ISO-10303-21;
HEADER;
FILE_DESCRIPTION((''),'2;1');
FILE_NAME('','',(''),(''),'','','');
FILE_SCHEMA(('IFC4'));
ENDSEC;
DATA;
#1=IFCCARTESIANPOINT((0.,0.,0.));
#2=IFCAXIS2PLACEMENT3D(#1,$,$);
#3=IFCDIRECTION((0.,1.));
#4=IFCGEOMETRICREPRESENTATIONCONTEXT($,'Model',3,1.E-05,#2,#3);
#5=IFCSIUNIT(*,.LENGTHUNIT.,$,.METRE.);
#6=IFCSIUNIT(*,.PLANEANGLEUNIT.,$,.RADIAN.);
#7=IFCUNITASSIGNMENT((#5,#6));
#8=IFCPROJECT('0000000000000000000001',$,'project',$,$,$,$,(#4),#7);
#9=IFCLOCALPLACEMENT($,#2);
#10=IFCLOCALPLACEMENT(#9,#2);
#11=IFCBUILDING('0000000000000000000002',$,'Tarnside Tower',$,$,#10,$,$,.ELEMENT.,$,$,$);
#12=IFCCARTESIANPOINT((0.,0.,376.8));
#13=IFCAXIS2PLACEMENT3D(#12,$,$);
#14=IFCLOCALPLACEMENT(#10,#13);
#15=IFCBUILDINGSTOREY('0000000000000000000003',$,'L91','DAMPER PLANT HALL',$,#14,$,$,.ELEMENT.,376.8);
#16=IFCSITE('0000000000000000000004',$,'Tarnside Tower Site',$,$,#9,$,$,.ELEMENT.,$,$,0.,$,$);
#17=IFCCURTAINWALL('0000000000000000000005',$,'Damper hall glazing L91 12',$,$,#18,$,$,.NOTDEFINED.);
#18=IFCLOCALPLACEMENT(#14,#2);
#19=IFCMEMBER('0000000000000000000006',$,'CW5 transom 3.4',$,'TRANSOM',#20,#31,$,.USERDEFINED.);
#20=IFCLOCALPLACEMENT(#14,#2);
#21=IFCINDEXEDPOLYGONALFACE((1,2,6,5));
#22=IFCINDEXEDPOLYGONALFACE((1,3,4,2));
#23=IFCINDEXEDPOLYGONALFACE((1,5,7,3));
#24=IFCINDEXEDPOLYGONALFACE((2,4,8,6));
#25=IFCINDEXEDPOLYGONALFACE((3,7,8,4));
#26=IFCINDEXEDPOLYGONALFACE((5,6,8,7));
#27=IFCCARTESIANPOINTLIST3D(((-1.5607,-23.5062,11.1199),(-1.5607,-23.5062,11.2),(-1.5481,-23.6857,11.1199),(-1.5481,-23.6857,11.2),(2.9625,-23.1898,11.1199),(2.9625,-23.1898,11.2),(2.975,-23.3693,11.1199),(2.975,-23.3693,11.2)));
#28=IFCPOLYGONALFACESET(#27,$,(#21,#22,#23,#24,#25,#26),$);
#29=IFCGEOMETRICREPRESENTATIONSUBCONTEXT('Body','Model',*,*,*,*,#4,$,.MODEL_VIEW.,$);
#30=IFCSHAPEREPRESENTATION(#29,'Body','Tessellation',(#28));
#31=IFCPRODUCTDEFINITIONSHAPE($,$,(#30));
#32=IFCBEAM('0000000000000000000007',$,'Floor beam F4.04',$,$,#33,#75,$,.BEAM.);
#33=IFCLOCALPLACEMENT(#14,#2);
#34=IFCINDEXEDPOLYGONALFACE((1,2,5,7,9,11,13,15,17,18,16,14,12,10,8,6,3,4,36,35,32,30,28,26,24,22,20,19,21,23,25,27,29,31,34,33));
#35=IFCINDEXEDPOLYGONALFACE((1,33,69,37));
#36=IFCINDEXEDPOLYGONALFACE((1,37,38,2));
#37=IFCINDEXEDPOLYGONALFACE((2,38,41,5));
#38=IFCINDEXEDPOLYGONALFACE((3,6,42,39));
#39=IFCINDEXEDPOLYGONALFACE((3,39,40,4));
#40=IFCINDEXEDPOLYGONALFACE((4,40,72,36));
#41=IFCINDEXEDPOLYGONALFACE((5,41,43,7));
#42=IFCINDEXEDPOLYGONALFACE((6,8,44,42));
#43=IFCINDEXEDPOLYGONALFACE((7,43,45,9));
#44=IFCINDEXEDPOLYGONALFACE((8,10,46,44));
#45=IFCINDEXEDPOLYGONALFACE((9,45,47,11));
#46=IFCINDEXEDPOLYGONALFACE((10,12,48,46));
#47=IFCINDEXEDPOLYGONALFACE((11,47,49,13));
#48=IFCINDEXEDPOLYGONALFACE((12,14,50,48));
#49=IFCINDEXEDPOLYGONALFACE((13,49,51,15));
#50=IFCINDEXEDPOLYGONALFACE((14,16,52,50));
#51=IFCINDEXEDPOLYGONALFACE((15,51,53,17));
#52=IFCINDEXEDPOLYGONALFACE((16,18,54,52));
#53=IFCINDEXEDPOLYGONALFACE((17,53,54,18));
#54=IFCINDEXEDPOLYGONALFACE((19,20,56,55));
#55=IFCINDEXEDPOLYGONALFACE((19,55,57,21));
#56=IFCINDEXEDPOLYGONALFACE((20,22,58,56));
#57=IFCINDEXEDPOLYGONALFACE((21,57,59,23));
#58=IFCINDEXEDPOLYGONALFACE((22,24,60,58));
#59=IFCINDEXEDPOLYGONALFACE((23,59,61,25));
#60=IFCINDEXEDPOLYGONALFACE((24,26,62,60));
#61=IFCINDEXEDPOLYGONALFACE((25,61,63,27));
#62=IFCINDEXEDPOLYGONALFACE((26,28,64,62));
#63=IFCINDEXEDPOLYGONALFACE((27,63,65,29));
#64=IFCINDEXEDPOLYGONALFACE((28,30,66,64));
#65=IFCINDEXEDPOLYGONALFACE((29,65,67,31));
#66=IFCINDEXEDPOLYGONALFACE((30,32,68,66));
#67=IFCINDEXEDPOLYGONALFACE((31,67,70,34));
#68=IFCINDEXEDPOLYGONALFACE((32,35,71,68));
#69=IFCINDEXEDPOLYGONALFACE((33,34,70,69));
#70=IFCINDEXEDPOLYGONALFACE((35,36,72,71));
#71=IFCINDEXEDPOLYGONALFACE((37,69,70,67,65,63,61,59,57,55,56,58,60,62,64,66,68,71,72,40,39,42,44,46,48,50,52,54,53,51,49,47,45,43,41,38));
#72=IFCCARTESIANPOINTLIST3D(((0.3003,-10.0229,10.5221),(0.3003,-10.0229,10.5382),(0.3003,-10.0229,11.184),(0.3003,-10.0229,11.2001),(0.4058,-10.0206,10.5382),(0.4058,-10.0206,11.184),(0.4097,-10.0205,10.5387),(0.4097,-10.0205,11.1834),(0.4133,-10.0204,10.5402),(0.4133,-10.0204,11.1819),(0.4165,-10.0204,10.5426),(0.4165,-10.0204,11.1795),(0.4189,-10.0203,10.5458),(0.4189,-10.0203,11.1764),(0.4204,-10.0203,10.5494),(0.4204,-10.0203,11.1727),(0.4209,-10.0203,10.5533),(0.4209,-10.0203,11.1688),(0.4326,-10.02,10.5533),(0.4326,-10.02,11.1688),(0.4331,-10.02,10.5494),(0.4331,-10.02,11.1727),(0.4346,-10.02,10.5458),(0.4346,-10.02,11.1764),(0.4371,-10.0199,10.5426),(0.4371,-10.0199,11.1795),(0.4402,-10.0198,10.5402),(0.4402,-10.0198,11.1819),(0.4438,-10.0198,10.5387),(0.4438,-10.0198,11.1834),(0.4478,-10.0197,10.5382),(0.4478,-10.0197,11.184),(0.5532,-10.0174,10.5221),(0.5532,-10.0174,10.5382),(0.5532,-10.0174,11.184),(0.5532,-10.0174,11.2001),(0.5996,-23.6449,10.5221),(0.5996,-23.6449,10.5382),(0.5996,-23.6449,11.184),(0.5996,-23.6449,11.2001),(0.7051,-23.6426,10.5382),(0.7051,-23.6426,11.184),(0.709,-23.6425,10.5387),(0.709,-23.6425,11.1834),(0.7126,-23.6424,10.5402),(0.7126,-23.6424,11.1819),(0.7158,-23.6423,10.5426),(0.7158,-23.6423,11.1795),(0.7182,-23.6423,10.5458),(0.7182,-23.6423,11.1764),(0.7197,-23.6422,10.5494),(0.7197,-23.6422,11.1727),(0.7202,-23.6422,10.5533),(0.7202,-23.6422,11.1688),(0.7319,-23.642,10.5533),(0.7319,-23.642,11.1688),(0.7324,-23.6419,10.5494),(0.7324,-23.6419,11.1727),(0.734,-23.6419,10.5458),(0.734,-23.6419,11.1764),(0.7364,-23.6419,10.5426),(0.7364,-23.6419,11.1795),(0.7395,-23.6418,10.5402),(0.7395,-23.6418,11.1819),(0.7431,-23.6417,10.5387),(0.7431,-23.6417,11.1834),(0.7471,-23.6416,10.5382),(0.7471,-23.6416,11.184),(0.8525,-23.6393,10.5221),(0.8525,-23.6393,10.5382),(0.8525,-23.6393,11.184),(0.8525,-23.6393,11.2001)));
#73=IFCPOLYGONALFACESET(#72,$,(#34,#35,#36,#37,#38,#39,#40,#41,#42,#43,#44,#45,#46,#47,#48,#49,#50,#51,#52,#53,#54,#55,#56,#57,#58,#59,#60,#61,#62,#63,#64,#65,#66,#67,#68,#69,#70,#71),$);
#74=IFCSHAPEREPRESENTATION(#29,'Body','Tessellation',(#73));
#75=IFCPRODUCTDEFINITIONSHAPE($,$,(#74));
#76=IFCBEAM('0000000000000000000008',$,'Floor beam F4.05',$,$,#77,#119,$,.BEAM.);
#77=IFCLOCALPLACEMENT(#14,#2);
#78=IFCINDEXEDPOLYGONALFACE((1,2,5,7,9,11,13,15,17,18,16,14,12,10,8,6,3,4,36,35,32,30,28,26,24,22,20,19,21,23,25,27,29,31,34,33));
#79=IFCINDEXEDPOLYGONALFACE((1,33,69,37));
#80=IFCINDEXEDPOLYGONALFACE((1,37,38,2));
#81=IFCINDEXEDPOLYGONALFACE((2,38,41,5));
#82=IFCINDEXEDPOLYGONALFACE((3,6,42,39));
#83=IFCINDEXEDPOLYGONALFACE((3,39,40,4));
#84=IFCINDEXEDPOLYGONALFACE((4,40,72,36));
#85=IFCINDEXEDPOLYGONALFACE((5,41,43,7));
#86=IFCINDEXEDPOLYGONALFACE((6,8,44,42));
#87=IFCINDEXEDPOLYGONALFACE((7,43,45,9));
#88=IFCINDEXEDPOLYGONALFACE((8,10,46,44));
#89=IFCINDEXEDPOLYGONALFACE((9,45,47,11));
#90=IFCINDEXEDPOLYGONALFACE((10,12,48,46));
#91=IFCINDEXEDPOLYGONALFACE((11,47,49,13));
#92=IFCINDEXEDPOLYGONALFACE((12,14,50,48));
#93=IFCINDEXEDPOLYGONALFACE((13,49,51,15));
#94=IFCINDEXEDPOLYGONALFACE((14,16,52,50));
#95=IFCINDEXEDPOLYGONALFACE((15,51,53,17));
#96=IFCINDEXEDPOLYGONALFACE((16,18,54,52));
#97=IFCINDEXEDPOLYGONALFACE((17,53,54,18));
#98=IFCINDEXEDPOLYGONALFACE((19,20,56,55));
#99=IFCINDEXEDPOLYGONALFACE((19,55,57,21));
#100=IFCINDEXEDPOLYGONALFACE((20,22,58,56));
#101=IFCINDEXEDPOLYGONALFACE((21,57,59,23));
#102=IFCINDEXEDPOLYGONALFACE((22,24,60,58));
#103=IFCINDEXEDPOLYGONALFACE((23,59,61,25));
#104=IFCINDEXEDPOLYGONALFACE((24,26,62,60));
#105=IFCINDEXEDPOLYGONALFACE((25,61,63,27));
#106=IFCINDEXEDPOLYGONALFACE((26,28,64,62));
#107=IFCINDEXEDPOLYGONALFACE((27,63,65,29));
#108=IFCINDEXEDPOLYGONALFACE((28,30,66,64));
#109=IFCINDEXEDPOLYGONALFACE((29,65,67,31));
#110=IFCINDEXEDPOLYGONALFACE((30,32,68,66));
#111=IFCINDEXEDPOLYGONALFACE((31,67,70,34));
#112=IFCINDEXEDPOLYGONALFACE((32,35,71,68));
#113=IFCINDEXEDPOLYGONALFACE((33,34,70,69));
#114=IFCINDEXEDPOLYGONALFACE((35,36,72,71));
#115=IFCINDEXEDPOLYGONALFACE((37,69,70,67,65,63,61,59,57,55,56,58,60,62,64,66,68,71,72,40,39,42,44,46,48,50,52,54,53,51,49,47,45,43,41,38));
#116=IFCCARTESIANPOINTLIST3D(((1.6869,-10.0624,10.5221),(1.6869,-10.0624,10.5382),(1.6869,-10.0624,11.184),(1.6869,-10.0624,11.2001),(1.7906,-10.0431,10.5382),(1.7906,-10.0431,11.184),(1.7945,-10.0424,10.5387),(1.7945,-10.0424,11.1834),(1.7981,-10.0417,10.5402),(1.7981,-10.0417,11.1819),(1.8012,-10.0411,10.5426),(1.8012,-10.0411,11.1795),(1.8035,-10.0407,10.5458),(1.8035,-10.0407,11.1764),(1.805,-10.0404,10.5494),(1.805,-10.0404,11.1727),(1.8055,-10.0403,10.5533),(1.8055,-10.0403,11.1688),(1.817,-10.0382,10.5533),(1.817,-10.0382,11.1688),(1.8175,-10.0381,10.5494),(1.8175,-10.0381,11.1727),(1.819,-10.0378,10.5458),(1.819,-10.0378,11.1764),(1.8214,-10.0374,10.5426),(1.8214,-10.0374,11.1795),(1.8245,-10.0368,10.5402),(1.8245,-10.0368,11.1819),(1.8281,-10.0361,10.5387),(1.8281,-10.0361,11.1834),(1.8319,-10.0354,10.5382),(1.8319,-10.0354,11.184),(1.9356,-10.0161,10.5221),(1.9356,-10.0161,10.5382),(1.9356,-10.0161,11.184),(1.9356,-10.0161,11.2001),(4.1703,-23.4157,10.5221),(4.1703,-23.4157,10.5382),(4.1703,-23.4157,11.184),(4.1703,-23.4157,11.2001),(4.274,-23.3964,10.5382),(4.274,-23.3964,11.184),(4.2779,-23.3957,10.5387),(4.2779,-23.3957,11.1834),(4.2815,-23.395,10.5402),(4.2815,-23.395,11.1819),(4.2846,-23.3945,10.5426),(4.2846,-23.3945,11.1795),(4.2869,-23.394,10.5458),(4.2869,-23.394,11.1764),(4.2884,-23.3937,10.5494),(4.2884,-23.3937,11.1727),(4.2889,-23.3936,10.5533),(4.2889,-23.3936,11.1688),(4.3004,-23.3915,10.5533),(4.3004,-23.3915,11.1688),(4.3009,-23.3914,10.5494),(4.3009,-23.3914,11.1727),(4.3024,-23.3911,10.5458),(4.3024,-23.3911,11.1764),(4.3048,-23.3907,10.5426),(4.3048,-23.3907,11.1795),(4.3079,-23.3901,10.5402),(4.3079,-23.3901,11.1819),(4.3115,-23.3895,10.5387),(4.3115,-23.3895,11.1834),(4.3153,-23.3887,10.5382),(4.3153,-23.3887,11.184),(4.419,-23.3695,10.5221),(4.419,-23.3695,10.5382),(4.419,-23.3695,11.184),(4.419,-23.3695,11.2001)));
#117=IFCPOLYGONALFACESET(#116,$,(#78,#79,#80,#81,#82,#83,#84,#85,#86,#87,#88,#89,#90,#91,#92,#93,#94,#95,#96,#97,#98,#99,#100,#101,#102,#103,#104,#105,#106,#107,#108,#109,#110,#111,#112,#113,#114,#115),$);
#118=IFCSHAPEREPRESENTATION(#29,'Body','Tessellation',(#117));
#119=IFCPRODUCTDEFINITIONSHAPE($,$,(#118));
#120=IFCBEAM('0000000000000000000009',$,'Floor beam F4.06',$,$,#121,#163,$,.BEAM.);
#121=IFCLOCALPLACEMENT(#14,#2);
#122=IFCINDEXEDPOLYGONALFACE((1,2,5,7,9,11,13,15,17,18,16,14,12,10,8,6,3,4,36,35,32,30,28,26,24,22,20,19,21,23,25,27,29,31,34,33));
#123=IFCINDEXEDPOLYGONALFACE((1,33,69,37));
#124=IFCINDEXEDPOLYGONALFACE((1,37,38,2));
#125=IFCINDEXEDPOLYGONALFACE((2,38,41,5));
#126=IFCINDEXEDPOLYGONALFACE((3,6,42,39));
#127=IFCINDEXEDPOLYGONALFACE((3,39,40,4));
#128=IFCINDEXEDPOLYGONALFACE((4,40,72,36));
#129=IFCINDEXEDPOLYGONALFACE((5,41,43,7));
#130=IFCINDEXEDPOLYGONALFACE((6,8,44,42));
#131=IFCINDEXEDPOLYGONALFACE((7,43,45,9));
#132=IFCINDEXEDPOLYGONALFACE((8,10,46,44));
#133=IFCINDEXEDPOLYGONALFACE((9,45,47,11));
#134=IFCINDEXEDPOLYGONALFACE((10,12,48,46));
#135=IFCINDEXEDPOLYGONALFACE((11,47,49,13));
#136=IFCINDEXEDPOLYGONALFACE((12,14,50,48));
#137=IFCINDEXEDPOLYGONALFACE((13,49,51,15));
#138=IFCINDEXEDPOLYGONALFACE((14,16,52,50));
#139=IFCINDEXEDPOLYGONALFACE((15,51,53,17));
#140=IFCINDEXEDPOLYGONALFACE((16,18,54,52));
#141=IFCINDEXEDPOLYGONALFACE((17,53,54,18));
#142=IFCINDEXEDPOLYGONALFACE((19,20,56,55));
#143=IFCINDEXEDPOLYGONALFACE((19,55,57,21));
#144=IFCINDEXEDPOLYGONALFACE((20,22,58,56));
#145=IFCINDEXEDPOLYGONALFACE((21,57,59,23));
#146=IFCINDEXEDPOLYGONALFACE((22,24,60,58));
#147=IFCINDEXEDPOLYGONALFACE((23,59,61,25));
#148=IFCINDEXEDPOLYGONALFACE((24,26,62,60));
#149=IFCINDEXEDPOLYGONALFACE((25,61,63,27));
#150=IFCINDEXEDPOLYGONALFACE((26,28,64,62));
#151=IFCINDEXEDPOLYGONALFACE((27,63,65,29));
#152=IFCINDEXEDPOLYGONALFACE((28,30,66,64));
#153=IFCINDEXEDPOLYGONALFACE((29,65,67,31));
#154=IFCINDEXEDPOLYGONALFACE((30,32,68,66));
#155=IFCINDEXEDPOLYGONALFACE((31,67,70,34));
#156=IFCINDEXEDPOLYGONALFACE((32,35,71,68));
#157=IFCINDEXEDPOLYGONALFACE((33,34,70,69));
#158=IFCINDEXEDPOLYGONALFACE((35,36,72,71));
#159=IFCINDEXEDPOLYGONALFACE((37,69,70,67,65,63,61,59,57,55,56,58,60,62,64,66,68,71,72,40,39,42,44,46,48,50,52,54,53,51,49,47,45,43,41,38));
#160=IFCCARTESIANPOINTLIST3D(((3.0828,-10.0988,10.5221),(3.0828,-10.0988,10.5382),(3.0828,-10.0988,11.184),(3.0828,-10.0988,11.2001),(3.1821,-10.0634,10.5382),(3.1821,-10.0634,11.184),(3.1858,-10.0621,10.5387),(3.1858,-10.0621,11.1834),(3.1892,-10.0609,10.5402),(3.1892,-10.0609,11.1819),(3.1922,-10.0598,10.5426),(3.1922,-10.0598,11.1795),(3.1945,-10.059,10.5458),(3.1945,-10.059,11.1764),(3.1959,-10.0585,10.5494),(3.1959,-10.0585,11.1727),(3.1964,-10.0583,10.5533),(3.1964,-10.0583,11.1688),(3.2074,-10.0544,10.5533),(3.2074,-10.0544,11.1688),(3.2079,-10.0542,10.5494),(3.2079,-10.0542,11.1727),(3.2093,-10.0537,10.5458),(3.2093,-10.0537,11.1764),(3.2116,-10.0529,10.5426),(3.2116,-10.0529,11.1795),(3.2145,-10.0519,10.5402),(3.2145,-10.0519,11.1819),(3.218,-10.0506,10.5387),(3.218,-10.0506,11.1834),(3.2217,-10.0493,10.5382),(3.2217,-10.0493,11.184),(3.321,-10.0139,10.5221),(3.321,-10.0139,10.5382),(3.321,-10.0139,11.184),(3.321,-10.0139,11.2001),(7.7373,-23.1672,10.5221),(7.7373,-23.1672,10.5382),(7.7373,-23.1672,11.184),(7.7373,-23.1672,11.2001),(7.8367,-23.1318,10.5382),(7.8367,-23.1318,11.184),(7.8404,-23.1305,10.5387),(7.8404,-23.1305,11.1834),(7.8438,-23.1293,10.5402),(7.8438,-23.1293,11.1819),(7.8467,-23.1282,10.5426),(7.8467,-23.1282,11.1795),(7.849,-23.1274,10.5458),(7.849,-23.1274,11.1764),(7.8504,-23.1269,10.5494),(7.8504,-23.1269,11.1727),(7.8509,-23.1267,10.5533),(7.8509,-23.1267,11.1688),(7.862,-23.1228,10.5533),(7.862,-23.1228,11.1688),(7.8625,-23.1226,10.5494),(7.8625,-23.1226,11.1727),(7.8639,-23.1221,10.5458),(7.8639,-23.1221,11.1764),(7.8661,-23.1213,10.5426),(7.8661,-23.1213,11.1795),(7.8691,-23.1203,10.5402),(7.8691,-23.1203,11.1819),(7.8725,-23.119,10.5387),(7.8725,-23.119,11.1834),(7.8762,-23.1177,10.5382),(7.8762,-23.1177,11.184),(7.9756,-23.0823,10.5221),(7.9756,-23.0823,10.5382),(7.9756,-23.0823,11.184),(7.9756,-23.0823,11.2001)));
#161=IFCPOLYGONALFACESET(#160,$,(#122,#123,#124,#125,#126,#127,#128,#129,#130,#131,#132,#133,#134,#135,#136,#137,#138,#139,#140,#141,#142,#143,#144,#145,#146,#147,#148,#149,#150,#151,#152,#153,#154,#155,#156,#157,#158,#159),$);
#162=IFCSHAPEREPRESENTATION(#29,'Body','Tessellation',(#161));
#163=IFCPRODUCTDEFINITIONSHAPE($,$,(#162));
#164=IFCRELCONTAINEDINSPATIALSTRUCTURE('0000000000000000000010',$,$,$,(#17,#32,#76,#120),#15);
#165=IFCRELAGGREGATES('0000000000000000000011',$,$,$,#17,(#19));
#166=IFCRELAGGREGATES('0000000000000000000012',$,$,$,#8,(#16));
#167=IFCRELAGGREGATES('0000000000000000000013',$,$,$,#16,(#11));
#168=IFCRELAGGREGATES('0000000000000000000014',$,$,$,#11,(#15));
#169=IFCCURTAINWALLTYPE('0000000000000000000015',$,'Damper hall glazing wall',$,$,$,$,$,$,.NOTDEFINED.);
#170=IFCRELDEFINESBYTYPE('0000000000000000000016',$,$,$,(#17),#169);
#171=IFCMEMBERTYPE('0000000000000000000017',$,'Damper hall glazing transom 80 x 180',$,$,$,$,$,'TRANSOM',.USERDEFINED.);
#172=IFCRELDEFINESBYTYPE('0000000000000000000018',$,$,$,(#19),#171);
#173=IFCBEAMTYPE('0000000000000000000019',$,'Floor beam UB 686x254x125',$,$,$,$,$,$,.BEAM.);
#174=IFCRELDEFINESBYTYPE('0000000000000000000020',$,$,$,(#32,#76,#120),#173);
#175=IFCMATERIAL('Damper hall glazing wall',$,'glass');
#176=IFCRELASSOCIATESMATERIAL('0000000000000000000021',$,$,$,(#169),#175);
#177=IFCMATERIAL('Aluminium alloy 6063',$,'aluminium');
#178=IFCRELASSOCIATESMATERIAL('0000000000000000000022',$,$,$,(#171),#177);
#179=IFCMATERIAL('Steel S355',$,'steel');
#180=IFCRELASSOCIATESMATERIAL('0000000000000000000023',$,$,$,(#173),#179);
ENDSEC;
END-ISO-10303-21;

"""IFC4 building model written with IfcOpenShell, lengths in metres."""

from ifc_helpers import new_model, si_unit, direction, frame, origin, origin_2d, place, context, subcontext, project, spatial, rectangle, i_section, extrude, material, material_profile, profile_set, type_object, element, aggregate, save


model = new_model("IFC4")

# Units and contexts
model_context = context("Model", 3, precision=1e-05, world=origin(), true_north=direction((0.0, 1.0)))
body_context = subcontext(model_context, "Body", "Model", "MODEL_VIEW")
ifc_project = project(units=[si_unit("LENGTHUNIT", "METRE"), si_unit("PLANEANGLEUNIT", "RADIAN")], contexts=[model_context])

# Site, building, storey
site_placement = place(None, origin())
site = spatial("IfcSite", under=ifc_project, at=site_placement, Name="Tarnside Tower Site", CompositionType="ELEMENT", RefElevation=0.0)
building_placement = place(site_placement, origin())
building = spatial("IfcBuilding", under=site, at=building_placement, Name="Tarnside Tower", CompositionType="ELEMENT")
storey_placement = place(building_placement, frame((0.0, 0.0, 376.8)))
storey = spatial("IfcBuildingStorey", under=building, at=storey_placement, Name="L91", Description="DAMPER PLANT HALL", CompositionType="ELEMENT", Elevation=376.8)

# Shared definitions
ifc_material_1 = material(Name="Steel S355", Category="steel")

# Shared definitions
ifc_material_2 = material(Name="Damper hall glazing wall", Category="glass")
curtain_wall_type = type_object("IfcCurtainWallType", Name="Damper hall glazing wall", PredefinedType="NOTDEFINED", material=ifc_material_2)
ifc_material_3 = material(Name="Aluminium alloy 6063", Category="aluminium")

# Curtain wall, member
curtain_wall_1_placement = place(storey_placement, origin())
curtain_wall_1 = element("IfcCurtainWall", 1, at=curtain_wall_1_placement, inside=storey, type_object=curtain_wall_type, Name="Damper hall glazing L91 12", PredefinedType="NOTDEFINED")
ifc_material_profile_1 = material_profile(ifc_material_3, rectangle(XDim=0.1799, YDim=0.0801, at=origin_2d()), Name="Damper hall glazing transom 80 x 180")
ifc_profile_set_1 = profile_set([ifc_material_profile_1], Name="Aluminium alloy 6063")
member_type_1 = type_object("IfcMemberType", Name="Damper hall glazing transom 80 x 180", ElementType="TRANSOM", PredefinedType="USERDEFINED", material=ifc_profile_set_1)
member_1_placement = place(storey_placement, frame((2.9688, -23.2795, 11.1599), z_axis=(-0.997562, -0.069781, 0.0), x_axis=(0.069781, -0.997562, 0.0)))
member_1 = element("IfcMember", 2, at=member_1_placement, type_object=member_type_1, Name="CW5 transom 3.4", ObjectType="TRANSOM", PredefinedType="USERDEFINED", context=body_context, shape_type="SweptSolid", body=[
    extrude(rectangle(XDim=0.1799, YDim=0.0801, at=origin_2d()), origin(), (0.0, 0.0, 1.0), 4.5342),
])

# Beams
ifc_material_profile_2 = material_profile(ifc_material_1, i_section(OverallWidth=0.2529, OverallDepth=0.678, WebThickness=0.0117, FlangeThickness=0.0161, FilletRadius=0.0151, at=origin_2d()), Name="UB 686x254x125")
ifc_profile_set_2 = profile_set([ifc_material_profile_2], Name="Steel S355")
beam_type_1 = type_object("IfcBeamType", Name="Floor beam UB 686x254x125", PredefinedType="BEAM", material=ifc_profile_set_2)
beam_1_placement = place(storey_placement, frame((0.7261, -23.6421, 10.8611), z_axis=(-0.021968, 0.999759, 0.0), x_axis=(-0.999759, -0.021968, 0.0)))
element("IfcBeam", 3, at=beam_1_placement, inside=storey, type_object=beam_type_1, Name="Floor beam F4.04", PredefinedType="BEAM", context=body_context, shape_type="SweptSolid", body=[
    extrude(i_section(OverallWidth=0.2529, OverallDepth=0.678, WebThickness=0.0117, FlangeThickness=0.0161, FilletRadius=0.0151, at=origin_2d()), origin(), (0.0, 0.0, 1.0), 13.6252),
])
beam_2_placement = place(storey_placement, frame((4.2947, -23.3926, 10.8611), z_axis=(-0.182842, 0.983142, 0.0), x_axis=(-0.983142, -0.182842, 0.0)))
element("IfcBeam", 4, at=beam_2_placement, inside=storey, type_object=beam_type_1, Name="Floor beam F4.05", PredefinedType="BEAM", context=body_context, shape_type="SweptSolid", body=[
    extrude(i_section(OverallWidth=0.2529, OverallDepth=0.678, WebThickness=0.0117, FlangeThickness=0.0161, FilletRadius=0.0151, at=origin_2d()), origin(), (0.0, 0.0, 1.0), 13.5823),
])
beam_3_placement = place(storey_placement, frame((7.8564, -23.1248, 10.8611), z_axis=(-0.335522, 0.942032, 0.0), x_axis=(-0.942032, -0.335522, 0.0)))
element("IfcBeam", 5, at=beam_3_placement, inside=storey, type_object=beam_type_1, Name="Floor beam F4.06", PredefinedType="BEAM", context=body_context, shape_type="SweptSolid", body=[
    extrude(i_section(OverallWidth=0.2529, OverallDepth=0.678, WebThickness=0.0117, FlangeThickness=0.0161, FilletRadius=0.0151, at=origin_2d()), origin(), (0.0, 0.0, 1.0), 13.8726),
])

aggregate(curtain_wall_1, [member_1])

save(model, "model.ifc")
